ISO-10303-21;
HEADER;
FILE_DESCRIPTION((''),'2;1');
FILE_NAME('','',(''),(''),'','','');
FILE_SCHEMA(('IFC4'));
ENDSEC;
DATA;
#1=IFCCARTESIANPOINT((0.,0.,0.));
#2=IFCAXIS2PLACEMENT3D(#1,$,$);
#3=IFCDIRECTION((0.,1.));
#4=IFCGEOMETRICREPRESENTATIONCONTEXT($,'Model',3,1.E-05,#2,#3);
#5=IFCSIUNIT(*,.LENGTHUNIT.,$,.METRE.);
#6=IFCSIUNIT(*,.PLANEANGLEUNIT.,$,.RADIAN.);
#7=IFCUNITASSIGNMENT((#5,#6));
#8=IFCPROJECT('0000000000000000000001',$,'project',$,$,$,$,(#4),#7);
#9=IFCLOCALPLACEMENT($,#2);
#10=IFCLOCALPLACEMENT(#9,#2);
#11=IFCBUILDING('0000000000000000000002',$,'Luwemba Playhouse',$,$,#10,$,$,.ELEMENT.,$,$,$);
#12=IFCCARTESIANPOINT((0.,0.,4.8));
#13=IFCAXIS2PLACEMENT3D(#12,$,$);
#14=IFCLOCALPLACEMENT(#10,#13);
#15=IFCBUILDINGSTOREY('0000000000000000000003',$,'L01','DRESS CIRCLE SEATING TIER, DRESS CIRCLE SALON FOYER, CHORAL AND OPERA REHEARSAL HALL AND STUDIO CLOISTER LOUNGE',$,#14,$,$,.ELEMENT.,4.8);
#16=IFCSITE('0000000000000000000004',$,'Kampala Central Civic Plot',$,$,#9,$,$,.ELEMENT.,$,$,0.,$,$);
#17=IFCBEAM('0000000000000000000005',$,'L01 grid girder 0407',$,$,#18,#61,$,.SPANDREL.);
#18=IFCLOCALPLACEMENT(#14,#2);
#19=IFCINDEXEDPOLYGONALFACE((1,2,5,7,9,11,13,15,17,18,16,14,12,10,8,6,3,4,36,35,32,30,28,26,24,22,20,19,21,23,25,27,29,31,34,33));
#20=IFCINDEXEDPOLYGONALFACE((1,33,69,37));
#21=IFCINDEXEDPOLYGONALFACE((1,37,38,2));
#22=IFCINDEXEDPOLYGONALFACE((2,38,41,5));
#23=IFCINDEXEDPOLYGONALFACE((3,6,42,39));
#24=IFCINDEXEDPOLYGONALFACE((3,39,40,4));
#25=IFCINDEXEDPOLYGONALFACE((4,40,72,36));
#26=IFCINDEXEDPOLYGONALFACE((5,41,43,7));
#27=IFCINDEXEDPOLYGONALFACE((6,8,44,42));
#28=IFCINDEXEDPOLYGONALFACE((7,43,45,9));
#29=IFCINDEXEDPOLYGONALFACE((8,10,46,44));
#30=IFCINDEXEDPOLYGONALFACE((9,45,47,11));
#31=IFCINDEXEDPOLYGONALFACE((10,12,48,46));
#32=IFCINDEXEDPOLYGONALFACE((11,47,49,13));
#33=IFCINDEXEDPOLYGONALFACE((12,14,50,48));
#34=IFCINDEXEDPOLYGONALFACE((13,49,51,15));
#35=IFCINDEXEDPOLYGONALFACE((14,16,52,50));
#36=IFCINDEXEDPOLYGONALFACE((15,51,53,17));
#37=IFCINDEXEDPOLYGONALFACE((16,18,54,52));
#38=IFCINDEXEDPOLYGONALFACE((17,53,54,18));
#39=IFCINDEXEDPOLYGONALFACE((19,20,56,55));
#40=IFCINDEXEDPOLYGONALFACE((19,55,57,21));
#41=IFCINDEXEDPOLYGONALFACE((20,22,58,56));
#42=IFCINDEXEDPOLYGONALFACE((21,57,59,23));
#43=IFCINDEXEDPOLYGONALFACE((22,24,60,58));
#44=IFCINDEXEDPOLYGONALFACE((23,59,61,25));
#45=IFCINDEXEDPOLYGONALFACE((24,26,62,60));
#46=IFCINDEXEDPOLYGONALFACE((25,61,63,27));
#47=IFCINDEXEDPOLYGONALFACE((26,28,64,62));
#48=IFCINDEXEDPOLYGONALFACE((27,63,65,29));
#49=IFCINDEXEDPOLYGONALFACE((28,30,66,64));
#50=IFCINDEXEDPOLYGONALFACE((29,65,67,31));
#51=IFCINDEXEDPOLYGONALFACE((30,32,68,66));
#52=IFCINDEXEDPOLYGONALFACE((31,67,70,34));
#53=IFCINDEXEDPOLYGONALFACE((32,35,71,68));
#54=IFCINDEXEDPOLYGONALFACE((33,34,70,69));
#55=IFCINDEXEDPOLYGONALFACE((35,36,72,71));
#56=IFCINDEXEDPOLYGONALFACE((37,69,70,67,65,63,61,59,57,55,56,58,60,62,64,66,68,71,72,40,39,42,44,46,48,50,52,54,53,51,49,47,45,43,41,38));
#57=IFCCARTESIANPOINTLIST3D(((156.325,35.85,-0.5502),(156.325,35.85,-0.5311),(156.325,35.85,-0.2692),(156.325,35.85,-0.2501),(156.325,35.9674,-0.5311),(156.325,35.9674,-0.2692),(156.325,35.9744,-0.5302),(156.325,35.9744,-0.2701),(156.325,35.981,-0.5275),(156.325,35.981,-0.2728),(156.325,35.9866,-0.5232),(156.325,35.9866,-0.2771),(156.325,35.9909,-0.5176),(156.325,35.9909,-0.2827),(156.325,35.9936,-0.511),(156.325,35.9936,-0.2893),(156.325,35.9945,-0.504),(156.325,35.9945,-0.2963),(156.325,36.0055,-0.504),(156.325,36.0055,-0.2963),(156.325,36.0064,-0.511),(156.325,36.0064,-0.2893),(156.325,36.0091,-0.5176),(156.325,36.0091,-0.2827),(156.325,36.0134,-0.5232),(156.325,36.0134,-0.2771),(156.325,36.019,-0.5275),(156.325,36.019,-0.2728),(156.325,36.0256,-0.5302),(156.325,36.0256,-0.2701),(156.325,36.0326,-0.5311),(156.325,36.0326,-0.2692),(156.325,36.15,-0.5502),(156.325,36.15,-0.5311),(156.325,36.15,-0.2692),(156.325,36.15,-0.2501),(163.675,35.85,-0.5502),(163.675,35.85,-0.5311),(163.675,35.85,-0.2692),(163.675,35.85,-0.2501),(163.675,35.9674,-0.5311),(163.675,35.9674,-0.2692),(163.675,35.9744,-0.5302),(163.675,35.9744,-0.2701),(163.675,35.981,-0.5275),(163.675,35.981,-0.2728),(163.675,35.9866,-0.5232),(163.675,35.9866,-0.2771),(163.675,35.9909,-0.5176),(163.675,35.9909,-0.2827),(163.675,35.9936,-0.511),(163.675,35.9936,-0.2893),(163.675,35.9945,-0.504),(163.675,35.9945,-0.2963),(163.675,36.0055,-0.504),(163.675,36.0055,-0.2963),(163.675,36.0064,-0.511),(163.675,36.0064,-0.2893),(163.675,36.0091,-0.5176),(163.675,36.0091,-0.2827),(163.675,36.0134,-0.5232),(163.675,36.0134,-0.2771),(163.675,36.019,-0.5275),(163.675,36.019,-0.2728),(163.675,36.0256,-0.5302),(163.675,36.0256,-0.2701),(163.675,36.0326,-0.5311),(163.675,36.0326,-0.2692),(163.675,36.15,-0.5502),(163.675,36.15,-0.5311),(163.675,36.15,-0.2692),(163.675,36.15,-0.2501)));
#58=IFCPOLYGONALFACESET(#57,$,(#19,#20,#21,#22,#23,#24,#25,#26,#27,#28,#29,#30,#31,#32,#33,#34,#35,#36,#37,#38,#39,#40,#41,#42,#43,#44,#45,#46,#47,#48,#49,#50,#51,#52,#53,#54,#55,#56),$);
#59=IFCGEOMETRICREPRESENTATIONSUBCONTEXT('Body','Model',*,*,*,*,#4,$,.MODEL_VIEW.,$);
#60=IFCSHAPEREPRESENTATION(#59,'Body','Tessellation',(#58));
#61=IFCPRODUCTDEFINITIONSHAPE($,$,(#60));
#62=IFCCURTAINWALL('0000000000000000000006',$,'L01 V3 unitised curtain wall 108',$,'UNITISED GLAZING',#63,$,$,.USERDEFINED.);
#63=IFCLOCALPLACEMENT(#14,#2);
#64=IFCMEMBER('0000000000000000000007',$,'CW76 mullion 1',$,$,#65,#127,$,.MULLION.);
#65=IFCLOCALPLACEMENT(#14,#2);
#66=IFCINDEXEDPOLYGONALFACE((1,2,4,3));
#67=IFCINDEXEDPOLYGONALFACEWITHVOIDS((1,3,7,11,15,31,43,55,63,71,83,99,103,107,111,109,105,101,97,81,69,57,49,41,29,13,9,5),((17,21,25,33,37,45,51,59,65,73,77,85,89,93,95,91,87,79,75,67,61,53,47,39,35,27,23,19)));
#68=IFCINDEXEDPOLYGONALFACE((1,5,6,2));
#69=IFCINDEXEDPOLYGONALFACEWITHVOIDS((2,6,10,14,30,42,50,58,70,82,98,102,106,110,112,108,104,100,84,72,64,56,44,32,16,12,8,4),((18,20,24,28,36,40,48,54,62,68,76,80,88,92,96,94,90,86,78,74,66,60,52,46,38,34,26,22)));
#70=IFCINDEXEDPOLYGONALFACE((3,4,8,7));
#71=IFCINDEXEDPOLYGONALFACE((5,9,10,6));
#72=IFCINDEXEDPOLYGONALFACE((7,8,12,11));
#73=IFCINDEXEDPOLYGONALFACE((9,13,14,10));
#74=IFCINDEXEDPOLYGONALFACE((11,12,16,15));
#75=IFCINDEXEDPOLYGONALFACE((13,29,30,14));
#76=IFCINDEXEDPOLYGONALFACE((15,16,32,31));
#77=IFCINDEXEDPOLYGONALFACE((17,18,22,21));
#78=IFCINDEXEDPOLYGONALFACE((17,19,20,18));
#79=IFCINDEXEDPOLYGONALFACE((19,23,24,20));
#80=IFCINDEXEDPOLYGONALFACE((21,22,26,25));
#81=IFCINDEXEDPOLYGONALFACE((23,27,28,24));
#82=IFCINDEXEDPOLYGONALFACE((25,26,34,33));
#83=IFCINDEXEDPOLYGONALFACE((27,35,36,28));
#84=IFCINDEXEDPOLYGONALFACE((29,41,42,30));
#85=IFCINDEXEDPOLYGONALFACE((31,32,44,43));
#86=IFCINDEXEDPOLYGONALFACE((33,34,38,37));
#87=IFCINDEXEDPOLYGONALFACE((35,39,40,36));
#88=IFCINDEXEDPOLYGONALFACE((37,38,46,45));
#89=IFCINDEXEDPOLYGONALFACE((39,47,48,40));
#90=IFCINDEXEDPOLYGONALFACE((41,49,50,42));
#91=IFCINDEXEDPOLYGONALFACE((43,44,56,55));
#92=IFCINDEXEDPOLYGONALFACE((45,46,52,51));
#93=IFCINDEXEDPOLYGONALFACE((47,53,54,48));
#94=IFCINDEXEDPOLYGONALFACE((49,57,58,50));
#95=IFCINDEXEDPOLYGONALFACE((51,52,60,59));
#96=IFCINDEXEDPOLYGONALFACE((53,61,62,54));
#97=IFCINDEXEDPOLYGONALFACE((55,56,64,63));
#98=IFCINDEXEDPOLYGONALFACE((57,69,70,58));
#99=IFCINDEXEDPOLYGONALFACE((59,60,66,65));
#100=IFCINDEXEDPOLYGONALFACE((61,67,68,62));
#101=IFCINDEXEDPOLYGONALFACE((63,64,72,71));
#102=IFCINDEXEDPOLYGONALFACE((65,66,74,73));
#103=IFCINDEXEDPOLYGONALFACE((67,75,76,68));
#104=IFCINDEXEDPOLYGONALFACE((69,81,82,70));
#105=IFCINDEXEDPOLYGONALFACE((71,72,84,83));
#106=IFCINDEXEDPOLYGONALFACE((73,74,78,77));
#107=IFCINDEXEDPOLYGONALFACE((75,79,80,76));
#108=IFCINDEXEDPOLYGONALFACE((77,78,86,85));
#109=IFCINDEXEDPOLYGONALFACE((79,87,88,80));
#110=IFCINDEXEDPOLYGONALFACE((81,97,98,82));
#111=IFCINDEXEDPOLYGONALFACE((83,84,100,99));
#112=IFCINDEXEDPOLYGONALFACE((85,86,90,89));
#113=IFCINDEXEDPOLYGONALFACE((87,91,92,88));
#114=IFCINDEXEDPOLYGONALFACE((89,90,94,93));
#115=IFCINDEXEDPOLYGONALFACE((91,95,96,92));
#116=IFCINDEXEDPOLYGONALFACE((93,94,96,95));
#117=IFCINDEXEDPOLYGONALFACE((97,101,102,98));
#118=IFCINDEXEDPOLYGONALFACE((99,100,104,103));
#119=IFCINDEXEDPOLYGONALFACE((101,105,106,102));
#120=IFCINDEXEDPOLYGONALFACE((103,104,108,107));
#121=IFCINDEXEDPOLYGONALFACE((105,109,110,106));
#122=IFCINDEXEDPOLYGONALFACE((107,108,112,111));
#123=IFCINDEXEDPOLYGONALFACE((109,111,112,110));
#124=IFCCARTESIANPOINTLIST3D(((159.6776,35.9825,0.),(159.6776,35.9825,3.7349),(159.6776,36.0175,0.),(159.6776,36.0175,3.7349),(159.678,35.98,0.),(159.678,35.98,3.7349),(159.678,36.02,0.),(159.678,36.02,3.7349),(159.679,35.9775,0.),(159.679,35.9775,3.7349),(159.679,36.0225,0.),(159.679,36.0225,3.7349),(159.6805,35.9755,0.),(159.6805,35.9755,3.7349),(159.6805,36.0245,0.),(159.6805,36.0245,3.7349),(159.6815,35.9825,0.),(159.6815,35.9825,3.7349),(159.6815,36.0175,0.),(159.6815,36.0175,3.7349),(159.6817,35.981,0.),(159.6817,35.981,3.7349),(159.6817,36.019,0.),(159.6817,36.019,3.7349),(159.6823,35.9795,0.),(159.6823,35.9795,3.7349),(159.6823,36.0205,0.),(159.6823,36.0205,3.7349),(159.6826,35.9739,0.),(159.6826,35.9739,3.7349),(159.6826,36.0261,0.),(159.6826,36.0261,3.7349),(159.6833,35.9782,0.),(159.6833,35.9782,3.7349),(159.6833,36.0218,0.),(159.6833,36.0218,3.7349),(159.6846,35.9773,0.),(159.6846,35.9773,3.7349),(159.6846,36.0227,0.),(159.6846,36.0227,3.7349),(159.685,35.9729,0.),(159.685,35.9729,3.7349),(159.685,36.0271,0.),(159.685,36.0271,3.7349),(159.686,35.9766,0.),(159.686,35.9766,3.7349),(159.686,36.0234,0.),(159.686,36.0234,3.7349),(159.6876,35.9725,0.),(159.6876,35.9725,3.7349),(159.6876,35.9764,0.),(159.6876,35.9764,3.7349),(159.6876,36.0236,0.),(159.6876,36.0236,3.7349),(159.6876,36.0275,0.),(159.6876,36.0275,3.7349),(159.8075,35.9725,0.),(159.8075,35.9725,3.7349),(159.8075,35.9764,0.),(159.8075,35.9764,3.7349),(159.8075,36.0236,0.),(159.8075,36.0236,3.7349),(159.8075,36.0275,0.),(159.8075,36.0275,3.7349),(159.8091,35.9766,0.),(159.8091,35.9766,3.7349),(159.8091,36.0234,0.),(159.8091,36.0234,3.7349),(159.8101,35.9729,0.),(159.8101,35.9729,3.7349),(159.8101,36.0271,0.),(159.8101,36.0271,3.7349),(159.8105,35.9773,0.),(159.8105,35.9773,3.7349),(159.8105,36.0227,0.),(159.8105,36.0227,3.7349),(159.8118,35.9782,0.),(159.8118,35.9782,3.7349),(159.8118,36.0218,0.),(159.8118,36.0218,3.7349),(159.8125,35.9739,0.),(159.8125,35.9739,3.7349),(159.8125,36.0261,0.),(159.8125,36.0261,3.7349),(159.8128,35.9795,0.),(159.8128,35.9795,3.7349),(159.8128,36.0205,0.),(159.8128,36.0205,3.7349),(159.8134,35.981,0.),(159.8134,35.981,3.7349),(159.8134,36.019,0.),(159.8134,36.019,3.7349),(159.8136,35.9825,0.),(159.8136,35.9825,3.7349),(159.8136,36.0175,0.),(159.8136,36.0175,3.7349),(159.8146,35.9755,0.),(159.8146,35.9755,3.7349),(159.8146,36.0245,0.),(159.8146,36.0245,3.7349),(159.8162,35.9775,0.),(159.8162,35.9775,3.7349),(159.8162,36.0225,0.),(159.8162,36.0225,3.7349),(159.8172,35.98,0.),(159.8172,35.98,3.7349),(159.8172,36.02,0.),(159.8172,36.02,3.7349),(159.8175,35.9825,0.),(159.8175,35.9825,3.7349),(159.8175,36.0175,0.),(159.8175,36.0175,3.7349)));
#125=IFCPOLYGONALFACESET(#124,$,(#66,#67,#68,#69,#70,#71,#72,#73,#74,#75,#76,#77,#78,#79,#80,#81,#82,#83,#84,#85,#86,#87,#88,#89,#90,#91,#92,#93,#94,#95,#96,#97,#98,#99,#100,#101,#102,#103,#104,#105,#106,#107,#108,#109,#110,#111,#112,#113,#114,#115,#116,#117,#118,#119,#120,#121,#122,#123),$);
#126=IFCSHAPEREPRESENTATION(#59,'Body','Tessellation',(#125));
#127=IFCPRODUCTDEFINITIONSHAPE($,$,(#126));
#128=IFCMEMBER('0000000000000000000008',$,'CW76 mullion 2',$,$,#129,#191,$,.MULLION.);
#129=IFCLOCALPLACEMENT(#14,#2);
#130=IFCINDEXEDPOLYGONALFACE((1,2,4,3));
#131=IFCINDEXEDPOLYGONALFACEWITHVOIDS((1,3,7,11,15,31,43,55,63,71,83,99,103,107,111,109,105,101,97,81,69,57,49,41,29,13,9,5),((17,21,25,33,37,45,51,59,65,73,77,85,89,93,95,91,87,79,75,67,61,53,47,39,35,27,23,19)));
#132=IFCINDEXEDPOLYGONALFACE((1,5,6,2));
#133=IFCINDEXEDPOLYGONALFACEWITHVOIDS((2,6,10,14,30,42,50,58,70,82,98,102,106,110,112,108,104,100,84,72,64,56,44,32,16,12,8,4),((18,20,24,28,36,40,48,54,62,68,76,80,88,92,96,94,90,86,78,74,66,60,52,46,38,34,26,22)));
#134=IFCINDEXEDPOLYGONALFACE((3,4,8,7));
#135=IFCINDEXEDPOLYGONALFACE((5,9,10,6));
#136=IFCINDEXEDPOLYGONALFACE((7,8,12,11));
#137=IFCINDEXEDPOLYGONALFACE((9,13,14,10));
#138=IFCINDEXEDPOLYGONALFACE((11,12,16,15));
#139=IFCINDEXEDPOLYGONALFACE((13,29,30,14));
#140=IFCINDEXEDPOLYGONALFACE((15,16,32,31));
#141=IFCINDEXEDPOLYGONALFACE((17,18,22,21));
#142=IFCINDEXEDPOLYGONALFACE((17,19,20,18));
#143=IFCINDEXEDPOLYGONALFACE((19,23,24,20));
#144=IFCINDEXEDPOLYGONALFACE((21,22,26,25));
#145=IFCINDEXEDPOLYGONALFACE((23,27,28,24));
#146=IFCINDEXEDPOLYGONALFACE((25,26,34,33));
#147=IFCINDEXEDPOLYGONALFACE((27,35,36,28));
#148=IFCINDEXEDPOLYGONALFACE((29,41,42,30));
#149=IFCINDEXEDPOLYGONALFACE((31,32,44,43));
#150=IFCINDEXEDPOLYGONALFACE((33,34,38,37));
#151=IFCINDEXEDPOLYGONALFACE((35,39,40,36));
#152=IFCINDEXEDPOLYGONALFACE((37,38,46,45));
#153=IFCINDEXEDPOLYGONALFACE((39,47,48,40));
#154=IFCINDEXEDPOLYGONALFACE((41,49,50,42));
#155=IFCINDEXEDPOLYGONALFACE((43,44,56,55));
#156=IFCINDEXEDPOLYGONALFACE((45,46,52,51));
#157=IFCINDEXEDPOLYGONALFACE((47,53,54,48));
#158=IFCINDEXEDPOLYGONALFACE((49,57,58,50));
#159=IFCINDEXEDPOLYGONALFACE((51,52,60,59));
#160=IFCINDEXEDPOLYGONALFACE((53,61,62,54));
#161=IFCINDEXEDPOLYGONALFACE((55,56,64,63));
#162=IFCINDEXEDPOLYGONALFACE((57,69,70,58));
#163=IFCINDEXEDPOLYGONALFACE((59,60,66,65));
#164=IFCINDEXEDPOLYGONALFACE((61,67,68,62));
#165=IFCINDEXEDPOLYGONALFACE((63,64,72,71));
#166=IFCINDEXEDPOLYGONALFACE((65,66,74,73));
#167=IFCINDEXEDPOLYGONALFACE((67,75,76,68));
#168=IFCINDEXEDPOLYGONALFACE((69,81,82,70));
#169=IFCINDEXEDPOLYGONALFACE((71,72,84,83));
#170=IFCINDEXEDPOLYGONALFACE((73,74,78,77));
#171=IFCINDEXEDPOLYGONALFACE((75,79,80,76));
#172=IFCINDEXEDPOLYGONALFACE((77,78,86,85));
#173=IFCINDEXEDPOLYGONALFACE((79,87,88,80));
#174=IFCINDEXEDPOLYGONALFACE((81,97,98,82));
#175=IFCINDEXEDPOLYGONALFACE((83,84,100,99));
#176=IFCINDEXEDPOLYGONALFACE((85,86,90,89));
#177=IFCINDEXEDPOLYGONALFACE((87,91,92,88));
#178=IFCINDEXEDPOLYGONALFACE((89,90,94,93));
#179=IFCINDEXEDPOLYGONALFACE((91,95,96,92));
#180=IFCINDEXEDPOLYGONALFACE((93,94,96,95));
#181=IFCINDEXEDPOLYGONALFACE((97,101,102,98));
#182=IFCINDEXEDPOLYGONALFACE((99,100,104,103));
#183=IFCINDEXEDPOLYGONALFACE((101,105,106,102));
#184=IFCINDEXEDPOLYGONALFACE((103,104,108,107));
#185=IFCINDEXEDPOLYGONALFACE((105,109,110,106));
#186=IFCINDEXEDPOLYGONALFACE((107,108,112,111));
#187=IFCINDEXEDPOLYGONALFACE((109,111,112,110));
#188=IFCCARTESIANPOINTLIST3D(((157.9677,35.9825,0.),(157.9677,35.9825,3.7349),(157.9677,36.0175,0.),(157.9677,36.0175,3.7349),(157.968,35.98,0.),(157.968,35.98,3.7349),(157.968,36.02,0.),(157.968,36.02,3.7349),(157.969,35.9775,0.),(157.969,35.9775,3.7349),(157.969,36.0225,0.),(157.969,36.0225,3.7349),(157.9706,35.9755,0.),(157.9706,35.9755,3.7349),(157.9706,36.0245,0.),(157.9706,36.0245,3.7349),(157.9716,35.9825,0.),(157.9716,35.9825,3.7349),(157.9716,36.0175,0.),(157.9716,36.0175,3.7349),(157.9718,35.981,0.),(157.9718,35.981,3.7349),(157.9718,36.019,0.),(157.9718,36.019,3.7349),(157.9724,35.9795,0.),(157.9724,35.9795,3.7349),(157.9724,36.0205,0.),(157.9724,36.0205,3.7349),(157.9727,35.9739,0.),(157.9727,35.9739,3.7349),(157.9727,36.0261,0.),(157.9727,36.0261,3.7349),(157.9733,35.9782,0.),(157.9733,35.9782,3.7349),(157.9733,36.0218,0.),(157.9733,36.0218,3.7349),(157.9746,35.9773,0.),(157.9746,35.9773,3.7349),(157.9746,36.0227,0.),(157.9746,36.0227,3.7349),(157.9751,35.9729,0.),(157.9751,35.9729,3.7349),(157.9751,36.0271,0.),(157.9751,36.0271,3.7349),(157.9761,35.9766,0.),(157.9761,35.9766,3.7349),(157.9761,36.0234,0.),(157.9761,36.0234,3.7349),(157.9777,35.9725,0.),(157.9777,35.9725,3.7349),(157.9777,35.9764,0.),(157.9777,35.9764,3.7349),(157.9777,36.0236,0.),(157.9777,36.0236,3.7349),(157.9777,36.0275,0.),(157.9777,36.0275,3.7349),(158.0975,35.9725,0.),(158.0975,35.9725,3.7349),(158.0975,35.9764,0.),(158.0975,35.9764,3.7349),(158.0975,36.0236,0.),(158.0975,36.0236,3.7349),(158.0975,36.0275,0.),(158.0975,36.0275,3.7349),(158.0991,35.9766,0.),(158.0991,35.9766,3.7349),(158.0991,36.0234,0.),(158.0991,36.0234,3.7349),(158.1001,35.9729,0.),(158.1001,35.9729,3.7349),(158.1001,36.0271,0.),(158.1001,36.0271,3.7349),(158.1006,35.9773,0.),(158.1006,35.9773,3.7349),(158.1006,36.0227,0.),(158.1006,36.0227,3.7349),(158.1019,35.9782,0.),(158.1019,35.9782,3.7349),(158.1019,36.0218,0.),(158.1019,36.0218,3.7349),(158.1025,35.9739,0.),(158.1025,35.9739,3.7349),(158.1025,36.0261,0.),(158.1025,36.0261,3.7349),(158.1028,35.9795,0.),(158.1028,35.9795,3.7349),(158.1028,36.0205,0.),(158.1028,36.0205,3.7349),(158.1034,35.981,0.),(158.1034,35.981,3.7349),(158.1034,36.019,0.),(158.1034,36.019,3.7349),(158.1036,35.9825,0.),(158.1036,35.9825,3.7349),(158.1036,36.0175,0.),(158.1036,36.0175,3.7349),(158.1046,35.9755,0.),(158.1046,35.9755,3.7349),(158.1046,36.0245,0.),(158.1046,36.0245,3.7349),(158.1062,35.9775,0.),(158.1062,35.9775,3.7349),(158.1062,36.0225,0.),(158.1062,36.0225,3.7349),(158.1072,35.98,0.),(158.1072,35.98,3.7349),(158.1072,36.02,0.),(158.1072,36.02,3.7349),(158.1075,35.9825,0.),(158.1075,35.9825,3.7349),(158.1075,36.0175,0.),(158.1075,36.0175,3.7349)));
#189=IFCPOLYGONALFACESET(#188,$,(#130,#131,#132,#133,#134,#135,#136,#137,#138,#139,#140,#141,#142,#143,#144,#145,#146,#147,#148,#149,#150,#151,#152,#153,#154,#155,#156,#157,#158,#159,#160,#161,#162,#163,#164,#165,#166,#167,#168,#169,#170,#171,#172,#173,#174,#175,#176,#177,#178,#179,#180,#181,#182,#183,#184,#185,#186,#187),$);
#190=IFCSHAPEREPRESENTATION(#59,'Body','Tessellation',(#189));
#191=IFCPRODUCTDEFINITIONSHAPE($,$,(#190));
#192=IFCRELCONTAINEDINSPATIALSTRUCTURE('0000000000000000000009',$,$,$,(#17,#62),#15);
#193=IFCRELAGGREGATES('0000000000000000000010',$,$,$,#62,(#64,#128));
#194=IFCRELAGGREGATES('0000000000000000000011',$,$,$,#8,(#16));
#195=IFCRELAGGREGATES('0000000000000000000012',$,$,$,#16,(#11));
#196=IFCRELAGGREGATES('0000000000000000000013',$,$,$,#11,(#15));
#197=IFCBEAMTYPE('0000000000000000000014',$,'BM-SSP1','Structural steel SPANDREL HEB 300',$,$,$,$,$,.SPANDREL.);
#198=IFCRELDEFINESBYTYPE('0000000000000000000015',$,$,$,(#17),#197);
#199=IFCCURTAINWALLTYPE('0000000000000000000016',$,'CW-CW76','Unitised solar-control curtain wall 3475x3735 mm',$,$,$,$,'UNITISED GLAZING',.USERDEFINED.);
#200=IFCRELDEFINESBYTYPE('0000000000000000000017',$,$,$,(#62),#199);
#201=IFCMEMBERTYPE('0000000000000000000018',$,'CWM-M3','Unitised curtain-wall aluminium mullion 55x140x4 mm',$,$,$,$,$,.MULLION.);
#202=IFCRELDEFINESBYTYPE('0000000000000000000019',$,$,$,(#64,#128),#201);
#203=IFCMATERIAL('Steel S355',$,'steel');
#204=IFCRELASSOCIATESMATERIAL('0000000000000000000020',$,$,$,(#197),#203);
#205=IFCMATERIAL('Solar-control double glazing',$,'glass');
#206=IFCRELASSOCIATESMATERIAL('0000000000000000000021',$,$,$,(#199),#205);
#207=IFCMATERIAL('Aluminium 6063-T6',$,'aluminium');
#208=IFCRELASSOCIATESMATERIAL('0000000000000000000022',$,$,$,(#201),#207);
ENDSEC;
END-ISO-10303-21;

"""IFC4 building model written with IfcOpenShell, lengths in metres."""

from ifc_helpers import new_model, si_unit, direction, frame, origin, origin_2d, place, context, subcontext, project, spatial, hollow_rectangle, i_section, extrude, material, material_profile, profile_set, type_object, element, aggregate, save


model = new_model("IFC4")

# Units and contexts
model_context = context("Model", 3, precision=1e-05, world=origin(), true_north=direction((0.0, 1.0)))
body_context = subcontext(model_context, "Body", "Model", "MODEL_VIEW")
ifc_project = project(units=[si_unit("LENGTHUNIT", "METRE"), si_unit("PLANEANGLEUNIT", "RADIAN")], contexts=[model_context])

# Site, building, storey
site_placement = place(None, origin())
site = spatial("IfcSite", under=ifc_project, at=site_placement, Name="Kampala Central Civic Plot", CompositionType="ELEMENT", RefElevation=0.0)
building_placement = place(site_placement, origin())
building = spatial("IfcBuilding", under=site, at=building_placement, Name="Luwemba Playhouse", CompositionType="ELEMENT")
storey_placement = place(building_placement, frame((0.0, 0.0, 4.8)))
storey = spatial("IfcBuildingStorey", under=building, at=storey_placement, Name="L01", Description="DRESS CIRCLE SEATING TIER, DRESS CIRCLE SALON FOYER, CHORAL AND OPERA REHEARSAL HALL AND STUDIO CLOISTER LOUNGE", CompositionType="ELEMENT", Elevation=4.8)

# Beam
ifc_material_1 = material(Name="Steel S355", Category="steel")
ifc_material_profile_1 = material_profile(ifc_material_1, i_section(OverallWidth=0.3, OverallDepth=0.3, WebThickness=0.011, FlangeThickness=0.019, FilletRadius=0.0271, at=origin_2d()))
ifc_profile_set_1 = profile_set([ifc_material_profile_1], Name="Steel S355")
beam_type_1 = type_object("IfcBeamType", Name="BM-SSP1", Description="Structural steel SPANDREL HEB 300", PredefinedType="SPANDREL", material=ifc_profile_set_1)
beam_1_placement = place(storey_placement, frame((156.325, 36.0, -0.4001), z_axis=(1.0, 0.0, 0.0), x_axis=(0.0, 1.0, 0.0)))
element("IfcBeam", 1, at=beam_1_placement, inside=storey, type_object=beam_type_1, Name="L01 grid girder 0407", PredefinedType="SPANDREL", context=body_context, shape_type="SweptSolid", body=[
    extrude(i_section(OverallWidth=0.3, OverallDepth=0.3, WebThickness=0.011, FlangeThickness=0.019, FilletRadius=0.0271, at=origin_2d()), origin(), (0.0, 0.0, 1.0), 7.3501),
])

# Curtain wall, members
ifc_material_2 = material(Name="Solar-control double glazing", Category="glass")
curtain_wall_type = type_object("IfcCurtainWallType", Name="CW-CW76", Description="Unitised solar-control curtain wall 3475x3735 mm", ElementType="UNITISED GLAZING", PredefinedType="USERDEFINED", material=ifc_material_2)
curtain_wall_placement = place(storey_placement, origin())
curtain_wall = element("IfcCurtainWall", 2, at=curtain_wall_placement, inside=storey, type_object=curtain_wall_type, Name="L01 V3 unitised curtain wall 108", ObjectType="UNITISED GLAZING", PredefinedType="USERDEFINED")
ifc_material_3 = material(Name="Aluminium 6063-T6", Category="aluminium")
ifc_material_profile_2 = material_profile(ifc_material_3, hollow_rectangle(XDim=0.0549, YDim=0.1399, WallThickness=0.0039, InnerFilletRadius=0.0061, OuterFilletRadius=0.01, at=origin_2d()))
ifc_profile_set_2 = profile_set([ifc_material_profile_2], Name="Aluminium 6063-T6")
member_type_1 = type_object("IfcMemberType", Name="CWM-M3", Description="Unitised curtain-wall aluminium mullion 55x140x4 mm", PredefinedType="MULLION", material=ifc_profile_set_2)
member_1_placement = place(storey_placement, frame((159.7476, 36.0, 0.0), z_axis=(0.0, 0.0, 1.0), x_axis=(0.0, -1.0, 0.0)))
member_1 = element("IfcMember", 3, at=member_1_placement, type_object=member_type_1, Name="CW76 mullion 1", PredefinedType="MULLION", context=body_context, shape_type="SweptSolid", body=[
    extrude(hollow_rectangle(XDim=0.0549, YDim=0.1399, WallThickness=0.0039, InnerFilletRadius=0.0061, OuterFilletRadius=0.01, at=origin_2d()), origin(), (0.0, 0.0, 1.0), 3.7349),
])
member_2_placement = place(storey_placement, frame((158.0376, 36.0, 0.0), z_axis=(0.0, 0.0, 1.0), x_axis=(0.0, -1.0, 0.0)))
member_2 = element("IfcMember", 4, at=member_2_placement, type_object=member_type_1, Name="CW76 mullion 2", PredefinedType="MULLION", context=body_context, shape_type="SweptSolid", body=[
    extrude(hollow_rectangle(XDim=0.0549, YDim=0.1399, WallThickness=0.0039, InnerFilletRadius=0.0061, OuterFilletRadius=0.01, at=origin_2d()), origin(), (0.0, 0.0, 1.0), 3.7349),
])

aggregate(curtain_wall, [member_1, member_2])

save(model, "model.ifc")
